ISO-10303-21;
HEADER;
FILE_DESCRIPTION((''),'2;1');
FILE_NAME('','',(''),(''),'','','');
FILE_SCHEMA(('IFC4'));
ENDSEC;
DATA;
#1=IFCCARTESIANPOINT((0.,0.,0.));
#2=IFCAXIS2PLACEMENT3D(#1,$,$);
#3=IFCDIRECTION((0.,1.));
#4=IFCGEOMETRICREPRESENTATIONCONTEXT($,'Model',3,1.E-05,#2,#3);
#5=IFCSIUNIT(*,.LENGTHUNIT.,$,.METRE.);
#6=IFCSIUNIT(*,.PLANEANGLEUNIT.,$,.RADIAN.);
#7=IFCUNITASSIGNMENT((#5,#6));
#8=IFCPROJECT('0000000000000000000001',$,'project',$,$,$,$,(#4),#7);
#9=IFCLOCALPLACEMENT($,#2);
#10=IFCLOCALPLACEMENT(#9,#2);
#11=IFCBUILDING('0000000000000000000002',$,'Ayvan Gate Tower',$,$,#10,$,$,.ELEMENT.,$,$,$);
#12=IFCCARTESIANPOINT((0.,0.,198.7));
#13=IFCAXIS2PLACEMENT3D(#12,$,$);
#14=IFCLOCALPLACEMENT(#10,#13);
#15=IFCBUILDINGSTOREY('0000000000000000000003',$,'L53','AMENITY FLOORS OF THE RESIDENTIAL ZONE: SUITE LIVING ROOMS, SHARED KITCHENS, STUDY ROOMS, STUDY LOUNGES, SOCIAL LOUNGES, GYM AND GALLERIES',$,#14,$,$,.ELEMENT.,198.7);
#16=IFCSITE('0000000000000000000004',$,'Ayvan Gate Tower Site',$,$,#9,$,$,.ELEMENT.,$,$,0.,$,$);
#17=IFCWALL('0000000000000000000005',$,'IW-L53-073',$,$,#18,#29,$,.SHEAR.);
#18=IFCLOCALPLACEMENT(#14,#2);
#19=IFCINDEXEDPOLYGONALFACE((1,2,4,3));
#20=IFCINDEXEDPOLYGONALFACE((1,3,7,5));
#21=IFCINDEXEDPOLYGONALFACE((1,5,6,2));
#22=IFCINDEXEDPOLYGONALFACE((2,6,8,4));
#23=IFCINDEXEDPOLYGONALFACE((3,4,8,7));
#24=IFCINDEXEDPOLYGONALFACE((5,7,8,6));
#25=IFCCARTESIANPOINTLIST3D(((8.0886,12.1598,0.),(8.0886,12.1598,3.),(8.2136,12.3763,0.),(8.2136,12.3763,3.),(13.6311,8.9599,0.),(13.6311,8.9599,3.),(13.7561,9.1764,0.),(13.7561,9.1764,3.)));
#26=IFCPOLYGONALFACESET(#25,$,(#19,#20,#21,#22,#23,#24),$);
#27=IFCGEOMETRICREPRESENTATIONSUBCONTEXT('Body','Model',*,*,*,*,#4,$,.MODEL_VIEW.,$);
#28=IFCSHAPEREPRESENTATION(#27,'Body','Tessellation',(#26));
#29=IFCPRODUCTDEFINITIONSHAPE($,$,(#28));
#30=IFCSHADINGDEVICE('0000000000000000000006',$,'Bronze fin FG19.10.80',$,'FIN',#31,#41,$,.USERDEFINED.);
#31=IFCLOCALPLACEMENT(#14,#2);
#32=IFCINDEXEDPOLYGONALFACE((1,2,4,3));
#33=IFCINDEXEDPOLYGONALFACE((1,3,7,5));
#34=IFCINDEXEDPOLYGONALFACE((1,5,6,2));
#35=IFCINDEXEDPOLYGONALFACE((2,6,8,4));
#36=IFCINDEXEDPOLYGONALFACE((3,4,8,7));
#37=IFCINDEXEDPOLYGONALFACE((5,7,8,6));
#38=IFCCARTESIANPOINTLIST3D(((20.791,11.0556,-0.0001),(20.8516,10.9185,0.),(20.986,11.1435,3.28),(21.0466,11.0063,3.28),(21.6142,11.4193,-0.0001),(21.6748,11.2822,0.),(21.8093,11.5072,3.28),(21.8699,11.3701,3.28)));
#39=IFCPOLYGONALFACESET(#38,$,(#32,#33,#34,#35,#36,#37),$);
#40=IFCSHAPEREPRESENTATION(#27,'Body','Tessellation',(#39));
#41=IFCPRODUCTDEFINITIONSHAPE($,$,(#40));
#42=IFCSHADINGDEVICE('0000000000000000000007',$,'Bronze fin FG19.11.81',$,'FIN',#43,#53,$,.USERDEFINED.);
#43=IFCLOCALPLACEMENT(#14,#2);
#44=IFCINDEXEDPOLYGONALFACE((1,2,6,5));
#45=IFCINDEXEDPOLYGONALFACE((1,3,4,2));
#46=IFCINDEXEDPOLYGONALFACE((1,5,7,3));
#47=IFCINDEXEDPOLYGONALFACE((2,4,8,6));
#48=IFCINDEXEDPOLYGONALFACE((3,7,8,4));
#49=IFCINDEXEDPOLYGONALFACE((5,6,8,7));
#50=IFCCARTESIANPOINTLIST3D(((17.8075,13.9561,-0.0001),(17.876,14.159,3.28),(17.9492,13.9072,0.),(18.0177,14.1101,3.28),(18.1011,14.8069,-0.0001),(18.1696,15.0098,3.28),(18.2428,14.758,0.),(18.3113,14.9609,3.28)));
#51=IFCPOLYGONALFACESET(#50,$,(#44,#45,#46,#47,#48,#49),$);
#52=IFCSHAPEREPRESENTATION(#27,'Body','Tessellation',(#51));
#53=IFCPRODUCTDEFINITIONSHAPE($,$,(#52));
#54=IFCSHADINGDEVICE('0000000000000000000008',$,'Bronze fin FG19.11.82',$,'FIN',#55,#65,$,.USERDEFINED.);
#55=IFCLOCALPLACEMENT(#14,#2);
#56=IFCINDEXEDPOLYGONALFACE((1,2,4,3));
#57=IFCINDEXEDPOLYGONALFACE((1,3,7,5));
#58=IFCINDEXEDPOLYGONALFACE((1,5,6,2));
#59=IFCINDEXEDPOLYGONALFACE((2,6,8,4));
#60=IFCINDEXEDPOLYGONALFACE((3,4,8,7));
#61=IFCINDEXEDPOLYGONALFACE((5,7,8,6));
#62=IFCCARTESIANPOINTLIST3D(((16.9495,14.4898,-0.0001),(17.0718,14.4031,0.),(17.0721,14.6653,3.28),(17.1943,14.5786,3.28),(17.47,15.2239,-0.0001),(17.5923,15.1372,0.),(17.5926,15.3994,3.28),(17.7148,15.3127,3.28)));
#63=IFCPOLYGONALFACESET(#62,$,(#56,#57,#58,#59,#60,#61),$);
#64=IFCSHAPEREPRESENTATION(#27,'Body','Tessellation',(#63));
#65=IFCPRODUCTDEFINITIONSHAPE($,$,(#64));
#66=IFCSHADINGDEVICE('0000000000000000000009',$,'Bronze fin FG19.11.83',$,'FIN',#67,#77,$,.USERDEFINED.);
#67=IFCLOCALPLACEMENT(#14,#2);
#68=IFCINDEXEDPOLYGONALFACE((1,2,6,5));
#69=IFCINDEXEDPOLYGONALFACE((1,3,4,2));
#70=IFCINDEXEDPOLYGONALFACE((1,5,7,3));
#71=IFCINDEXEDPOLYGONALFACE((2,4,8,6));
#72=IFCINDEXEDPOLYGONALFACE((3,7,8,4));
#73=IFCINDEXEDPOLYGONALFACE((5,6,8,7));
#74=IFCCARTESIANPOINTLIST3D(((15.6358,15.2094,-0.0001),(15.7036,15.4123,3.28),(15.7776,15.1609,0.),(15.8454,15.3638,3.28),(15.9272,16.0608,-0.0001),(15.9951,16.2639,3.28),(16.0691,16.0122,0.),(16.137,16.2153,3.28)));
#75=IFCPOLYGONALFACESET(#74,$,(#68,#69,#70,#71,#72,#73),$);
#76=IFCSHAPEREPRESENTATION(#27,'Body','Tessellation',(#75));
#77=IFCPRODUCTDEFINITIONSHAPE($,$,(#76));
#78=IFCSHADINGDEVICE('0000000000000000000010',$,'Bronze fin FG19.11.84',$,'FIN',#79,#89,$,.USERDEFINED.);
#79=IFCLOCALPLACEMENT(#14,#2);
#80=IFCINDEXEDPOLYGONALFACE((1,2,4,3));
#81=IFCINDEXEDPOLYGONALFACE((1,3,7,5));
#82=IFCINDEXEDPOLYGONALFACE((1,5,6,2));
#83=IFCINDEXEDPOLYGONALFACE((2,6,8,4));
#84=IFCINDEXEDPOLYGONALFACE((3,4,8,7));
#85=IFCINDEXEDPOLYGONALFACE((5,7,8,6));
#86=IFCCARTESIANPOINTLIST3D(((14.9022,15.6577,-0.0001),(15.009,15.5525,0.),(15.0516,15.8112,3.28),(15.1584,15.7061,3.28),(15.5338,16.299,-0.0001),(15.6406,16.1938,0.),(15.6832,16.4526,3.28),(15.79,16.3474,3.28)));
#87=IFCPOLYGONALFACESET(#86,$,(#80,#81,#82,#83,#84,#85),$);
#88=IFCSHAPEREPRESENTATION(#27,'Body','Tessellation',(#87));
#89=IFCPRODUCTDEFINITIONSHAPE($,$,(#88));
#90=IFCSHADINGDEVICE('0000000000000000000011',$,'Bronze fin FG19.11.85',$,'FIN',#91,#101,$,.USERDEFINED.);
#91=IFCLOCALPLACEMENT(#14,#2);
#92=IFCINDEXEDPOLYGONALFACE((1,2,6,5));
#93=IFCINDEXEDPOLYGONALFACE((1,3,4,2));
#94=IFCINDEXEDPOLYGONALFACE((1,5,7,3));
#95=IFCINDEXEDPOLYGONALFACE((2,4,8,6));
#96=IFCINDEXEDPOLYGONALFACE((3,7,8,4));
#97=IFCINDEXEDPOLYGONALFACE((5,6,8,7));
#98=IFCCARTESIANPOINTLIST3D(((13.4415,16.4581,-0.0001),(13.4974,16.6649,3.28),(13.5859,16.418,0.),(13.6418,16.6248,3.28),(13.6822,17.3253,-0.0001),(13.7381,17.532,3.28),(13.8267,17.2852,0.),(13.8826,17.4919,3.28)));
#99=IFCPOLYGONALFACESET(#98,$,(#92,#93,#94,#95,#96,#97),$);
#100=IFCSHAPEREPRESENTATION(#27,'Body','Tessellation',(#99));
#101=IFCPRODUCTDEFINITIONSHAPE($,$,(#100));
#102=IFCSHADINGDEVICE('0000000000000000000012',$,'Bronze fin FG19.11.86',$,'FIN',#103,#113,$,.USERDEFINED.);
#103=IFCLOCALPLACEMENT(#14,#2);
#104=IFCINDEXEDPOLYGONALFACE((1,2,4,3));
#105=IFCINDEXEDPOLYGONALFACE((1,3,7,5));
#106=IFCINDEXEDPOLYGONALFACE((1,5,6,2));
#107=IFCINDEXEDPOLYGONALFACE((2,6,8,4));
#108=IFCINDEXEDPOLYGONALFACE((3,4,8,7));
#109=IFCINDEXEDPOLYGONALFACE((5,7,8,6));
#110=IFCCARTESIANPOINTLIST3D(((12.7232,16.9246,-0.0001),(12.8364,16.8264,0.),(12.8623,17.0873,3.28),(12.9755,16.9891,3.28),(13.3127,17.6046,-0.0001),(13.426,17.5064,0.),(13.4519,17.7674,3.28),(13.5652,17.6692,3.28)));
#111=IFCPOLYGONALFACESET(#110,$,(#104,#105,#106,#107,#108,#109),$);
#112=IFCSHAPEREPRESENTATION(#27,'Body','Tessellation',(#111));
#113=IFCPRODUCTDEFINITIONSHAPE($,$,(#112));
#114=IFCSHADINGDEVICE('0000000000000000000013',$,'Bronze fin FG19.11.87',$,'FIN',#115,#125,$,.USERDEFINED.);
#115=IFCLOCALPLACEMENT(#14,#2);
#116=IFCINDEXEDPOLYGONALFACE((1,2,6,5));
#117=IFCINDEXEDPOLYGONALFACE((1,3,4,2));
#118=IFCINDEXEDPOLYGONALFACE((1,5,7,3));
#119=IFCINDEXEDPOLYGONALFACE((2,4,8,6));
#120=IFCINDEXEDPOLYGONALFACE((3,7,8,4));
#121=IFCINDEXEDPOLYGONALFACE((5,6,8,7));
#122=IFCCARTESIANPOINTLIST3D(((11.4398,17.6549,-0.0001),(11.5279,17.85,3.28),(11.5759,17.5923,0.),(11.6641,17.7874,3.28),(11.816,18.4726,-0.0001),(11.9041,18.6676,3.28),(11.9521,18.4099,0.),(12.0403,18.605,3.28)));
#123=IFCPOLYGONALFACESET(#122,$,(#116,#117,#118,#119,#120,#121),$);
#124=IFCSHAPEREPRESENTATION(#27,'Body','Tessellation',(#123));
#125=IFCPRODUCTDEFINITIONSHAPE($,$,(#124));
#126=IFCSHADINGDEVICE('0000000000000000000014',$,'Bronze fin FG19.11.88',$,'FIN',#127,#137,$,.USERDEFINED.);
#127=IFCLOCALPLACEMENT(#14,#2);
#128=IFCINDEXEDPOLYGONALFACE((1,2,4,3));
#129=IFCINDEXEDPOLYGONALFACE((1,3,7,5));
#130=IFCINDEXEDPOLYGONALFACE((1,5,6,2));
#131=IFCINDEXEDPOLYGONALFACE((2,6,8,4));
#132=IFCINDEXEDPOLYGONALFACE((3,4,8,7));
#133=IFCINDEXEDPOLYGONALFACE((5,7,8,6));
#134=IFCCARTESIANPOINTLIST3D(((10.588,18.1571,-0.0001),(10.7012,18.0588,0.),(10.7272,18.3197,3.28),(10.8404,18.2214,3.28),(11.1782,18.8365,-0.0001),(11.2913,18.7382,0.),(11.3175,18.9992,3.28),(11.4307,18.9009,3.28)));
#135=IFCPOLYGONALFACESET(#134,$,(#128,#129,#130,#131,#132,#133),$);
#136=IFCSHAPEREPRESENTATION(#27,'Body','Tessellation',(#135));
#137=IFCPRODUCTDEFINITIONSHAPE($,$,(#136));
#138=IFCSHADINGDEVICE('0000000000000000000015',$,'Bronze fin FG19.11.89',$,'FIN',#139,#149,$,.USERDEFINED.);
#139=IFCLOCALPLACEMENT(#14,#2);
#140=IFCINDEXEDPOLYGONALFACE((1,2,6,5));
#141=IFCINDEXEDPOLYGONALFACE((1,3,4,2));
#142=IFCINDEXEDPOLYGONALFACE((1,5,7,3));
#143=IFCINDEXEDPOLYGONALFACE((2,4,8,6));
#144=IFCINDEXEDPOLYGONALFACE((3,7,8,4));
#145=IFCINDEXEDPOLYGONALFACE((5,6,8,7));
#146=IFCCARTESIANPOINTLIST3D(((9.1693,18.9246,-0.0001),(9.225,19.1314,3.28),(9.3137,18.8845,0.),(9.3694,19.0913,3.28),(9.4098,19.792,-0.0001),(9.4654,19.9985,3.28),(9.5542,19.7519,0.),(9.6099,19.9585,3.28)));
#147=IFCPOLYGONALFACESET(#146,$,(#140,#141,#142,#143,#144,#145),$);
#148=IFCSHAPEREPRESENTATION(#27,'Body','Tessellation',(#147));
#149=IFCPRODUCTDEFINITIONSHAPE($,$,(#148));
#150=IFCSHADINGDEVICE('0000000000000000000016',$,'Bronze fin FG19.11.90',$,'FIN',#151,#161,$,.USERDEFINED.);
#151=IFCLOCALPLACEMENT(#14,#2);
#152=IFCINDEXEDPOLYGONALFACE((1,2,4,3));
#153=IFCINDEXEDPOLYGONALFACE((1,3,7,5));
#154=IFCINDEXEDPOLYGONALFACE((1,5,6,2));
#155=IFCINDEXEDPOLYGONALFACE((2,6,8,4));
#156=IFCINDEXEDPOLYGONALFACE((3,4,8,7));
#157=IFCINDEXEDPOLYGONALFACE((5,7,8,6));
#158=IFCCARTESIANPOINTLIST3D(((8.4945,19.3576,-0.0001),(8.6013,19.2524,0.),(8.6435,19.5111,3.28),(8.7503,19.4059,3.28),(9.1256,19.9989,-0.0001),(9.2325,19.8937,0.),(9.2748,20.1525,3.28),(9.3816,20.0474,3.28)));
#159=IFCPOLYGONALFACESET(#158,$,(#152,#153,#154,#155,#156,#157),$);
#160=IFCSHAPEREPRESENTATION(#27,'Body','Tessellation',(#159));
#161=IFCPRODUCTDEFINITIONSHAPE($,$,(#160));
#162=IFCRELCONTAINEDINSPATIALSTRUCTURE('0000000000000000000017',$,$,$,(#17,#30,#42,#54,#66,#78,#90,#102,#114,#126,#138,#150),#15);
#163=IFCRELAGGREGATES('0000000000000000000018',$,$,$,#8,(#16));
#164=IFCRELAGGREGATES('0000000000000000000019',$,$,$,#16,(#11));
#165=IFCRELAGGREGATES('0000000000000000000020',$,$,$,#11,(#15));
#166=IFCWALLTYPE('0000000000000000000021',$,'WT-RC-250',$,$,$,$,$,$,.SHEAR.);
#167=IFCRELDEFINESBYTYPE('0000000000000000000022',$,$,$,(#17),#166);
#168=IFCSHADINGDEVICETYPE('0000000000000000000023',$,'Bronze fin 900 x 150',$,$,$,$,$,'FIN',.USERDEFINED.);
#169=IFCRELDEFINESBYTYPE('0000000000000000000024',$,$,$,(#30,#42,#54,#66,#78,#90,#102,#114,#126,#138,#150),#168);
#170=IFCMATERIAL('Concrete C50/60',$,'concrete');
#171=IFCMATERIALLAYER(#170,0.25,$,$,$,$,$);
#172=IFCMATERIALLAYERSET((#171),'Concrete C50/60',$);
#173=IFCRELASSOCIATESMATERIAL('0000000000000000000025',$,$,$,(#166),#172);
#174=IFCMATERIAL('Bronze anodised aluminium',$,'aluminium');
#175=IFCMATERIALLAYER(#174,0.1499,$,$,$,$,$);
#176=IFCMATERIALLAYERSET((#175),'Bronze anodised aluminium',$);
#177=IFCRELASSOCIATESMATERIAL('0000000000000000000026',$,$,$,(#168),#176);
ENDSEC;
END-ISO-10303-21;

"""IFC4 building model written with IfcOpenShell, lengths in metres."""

from ifc_helpers import new_model, si_unit, direction, frame, frame_2d, origin, place, context, subcontext, project, spatial, polyline, rectangle, outline, extrude, material, layer, layer_set, type_object, element, save


model = new_model("IFC4")

# Units and contexts
model_context = context("Model", 3, precision=1e-05, world=origin(), true_north=direction((0.0, 1.0)))
body_context = subcontext(model_context, "Body", "Model", "MODEL_VIEW")
ifc_project = project(units=[si_unit("LENGTHUNIT", "METRE"), si_unit("PLANEANGLEUNIT", "RADIAN")], contexts=[model_context])

# Site, building, storey
site_placement = place(None, origin())
site = spatial("IfcSite", under=ifc_project, at=site_placement, Name="Ayvan Gate Tower Site", CompositionType="ELEMENT", RefElevation=0.0)
building_placement = place(site_placement, origin())
building = spatial("IfcBuilding", under=site, at=building_placement, Name="Ayvan Gate Tower", CompositionType="ELEMENT")
storey_placement = place(building_placement, frame((0.0, 0.0, 198.7)))
storey = spatial("IfcBuildingStorey", under=building, at=storey_placement, Name="L53", Description="AMENITY FLOORS OF THE RESIDENTIAL ZONE: SUITE LIVING ROOMS, SHARED KITCHENS, STUDY ROOMS, STUDY LOUNGES, SOCIAL LOUNGES, GYM AND GALLERIES", CompositionType="ELEMENT", Elevation=198.7)

# Shared definitions
ifc_material_1 = material(Name="Bronze anodised aluminium", Category="aluminium")

# Wall
ifc_material_2 = material(Name="Concrete C50/60", Category="concrete")
ifc_layer_1 = layer(ifc_material_2, 0.25)
ifc_layer_set_1 = layer_set([ifc_layer_1], Name="Concrete C50/60")
wall_type_1 = type_object("IfcWallType", Name="WT-RC-250", PredefinedType="SHEAR", material=ifc_layer_set_1)
wall_1_placement = place(storey_placement, frame((8.1511, 12.2681, 0.0), z_axis=(0.0, 0.0, 1.0), x_axis=(0.866025, -0.5, 0.0)))
element("IfcWall", 1, at=wall_1_placement, inside=storey, type_object=wall_type_1, Name="IW-L53-073", PredefinedType="SHEAR", context=body_context, shape_type="SweptSolid", body=[
    extrude(rectangle(XDim=6.3999, YDim=0.25, at=frame_2d((3.2, 0.0))), origin(), (0.0, 0.0, 1.0), 3.0),
])

# Shading devices
ifc_layer_2 = layer(ifc_material_1, 0.1499)
ifc_layer_set_2 = layer_set([ifc_layer_2], Name="Bronze anodised aluminium")
shading_device_type = type_object("IfcShadingDeviceType", Name="Bronze fin 900 x 150", ElementType="FIN", PredefinedType="USERDEFINED", material=ifc_layer_set_2)
shading_device_1_placement = place(storey_placement, frame((20.8516, 10.9185, 0.0), z_axis=(0.404174, -0.914682, 0.000473), x_axis=(0.914682, 0.404174, 0.0)))
element("IfcShadingDevice", 2, at=shading_device_1_placement, inside=storey, type_object=shading_device_type, Name="Bronze fin FG19.10.80", ObjectType="FIN", PredefinedType="USERDEFINED", context=body_context, shape_type="SweptSolid", body=[
    extrude(outline(polyline([(0.0, 0.0), (0.9, 0.0), (1.114, 3.28), (0.2139, 3.28), (0.0, 0.0)])), origin(), (0.0, 0.0, -1.0), 0.1499),
])
shading_device_2_placement = place(storey_placement, frame((17.9492, 13.9072, 0.0), z_axis=(0.945308, -0.326179, 0.000439), x_axis=(0.326179, 0.945308, 0.0)))
element("IfcShadingDevice", 3, at=shading_device_2_placement, inside=storey, type_object=shading_device_type, Name="Bronze fin FG19.11.81", ObjectType="FIN", PredefinedType="USERDEFINED", context=body_context, shape_type="SweptSolid", body=[
    extrude(outline(polyline([(0.0, 0.0), (0.9, 0.0), (1.1142, 3.28), (0.2141, 3.28), (0.0, 0.0)])), origin(), (0.0, 0.0, -1.0), 0.1499),
])
shading_device_3_placement = place(storey_placement, frame((17.0718, 14.4031, 0.0), z_axis=(0.815763, -0.578386, 0.000472), x_axis=(0.578386, 0.815763, 0.0)))
element("IfcShadingDevice", 4, at=shading_device_3_placement, inside=storey, type_object=shading_device_type, Name="Bronze fin FG19.11.82", ObjectType="FIN", PredefinedType="USERDEFINED", context=body_context, shape_type="SweptSolid", body=[
    extrude(outline(polyline([(0.0, 0.0), (0.8999, 0.0), (1.114, 3.28), (0.2141, 3.28), (0.0, 0.0)])), origin(), (0.0, 0.0, -1.0), 0.1499),
])
shading_device_4_placement = place(storey_placement, frame((15.7776, 15.1609, 0.0), z_axis=(0.946088, -0.323908, 0.00047), x_axis=(0.323908, 0.946089, 0.0)))
element("IfcShadingDevice", 5, at=shading_device_4_placement, inside=storey, type_object=shading_device_type, Name="Bronze fin FG19.11.83", ObjectType="FIN", PredefinedType="USERDEFINED", context=body_context, shape_type="SweptSolid", body=[
    extrude(outline(polyline([(0.0, 0.0), (0.8998, 0.0), (1.114, 3.28), (0.2139, 3.28), (0.0, 0.0)])), origin(), (0.0, 0.0, -1.0), 0.1499),
])
shading_device_5_placement = place(storey_placement, frame((15.009, 15.5525, 0.0), z_axis=(0.71251, -0.701661, 0.000394), x_axis=(0.701661, 0.71251, 0.0)))
element("IfcShadingDevice", 6, at=shading_device_5_placement, inside=storey, type_object=shading_device_type, Name="Bronze fin FG19.11.84", ObjectType="FIN", PredefinedType="USERDEFINED", context=body_context, shape_type="SweptSolid", body=[
    extrude(outline(polyline([(0.0, 0.0), (0.9001, 0.0), (1.1144, 3.28), (0.2143, 3.28), (0.0, 0.0)])), origin(), (0.0, 0.0, -1.0), 0.1499),
])
shading_device_6_placement = place(storey_placement, frame((13.5859, 16.418, 0.0), z_axis=(0.963564, -0.267476, 0.000439), x_axis=(0.267476, 0.963565, 0.0)))
element("IfcShadingDevice", 7, at=shading_device_6_placement, inside=storey, type_object=shading_device_type, Name="Bronze fin FG19.11.85", ObjectType="FIN", PredefinedType="USERDEFINED", context=body_context, shape_type="SweptSolid", body=[
    extrude(outline(polyline([(0.0, 0.0), (0.9, 0.0), (1.1142, 3.28), (0.2142, 3.28), (0.0, 0.0)])), origin(), (0.0, 0.0, -1.0), 0.1499),
])
shading_device_7_placement = place(storey_placement, frame((12.8364, 16.8264, 0.0), z_axis=(0.755568, -0.65507, 0.000441), x_axis=(0.65507, 0.755568, 0.0)))
element("IfcShadingDevice", 8, at=shading_device_7_placement, inside=storey, type_object=shading_device_type, Name="Bronze fin FG19.11.86", ObjectType="FIN", PredefinedType="USERDEFINED", context=body_context, shape_type="SweptSolid", body=[
    extrude(outline(polyline([(0.0, 0.0), (0.9, 0.0), (1.1142, 3.28), (0.214, 3.28), (0.0, 0.0)])), origin(), (0.0, 0.0, -1.0), 0.1499),
])
shading_device_8_placement = place(storey_placement, frame((11.5759, 17.5923, 0.0), z_axis=(0.908443, -0.418009, 0.00045), x_axis=(0.418009, 0.908443, 0.0)))
element("IfcShadingDevice", 9, at=shading_device_8_placement, inside=storey, type_object=shading_device_type, Name="Bronze fin FG19.11.87", ObjectType="FIN", PredefinedType="USERDEFINED", context=body_context, shape_type="SweptSolid", body=[
    extrude(outline(polyline([(0.0, 0.0), (0.9, 0.0), (1.1141, 3.28), (0.214, 3.28), (0.0, 0.0)])), origin(), (0.0, 0.0, -1.0), 0.1499),
])
shading_device_9_placement = place(storey_placement, frame((10.7012, 18.0588, 0.0), z_axis=(0.754941, -0.655792, 0.000451), x_axis=(0.655792, 0.754941, 0.0)))
element("IfcShadingDevice", 10, at=shading_device_9_placement, inside=storey, type_object=shading_device_type, Name="Bronze fin FG19.11.88", ObjectType="FIN", PredefinedType="USERDEFINED", context=body_context, shape_type="SweptSolid", body=[
    extrude(outline(polyline([(0.0, 0.0), (0.8999, 0.0), (1.1141, 3.28), (0.214, 3.28), (0.0, 0.0)])), origin(), (0.0, 0.0, -1.0), 0.1499),
])
shading_device_10_placement = place(storey_placement, frame((9.3137, 18.8845, 0.0), z_axis=(0.963644, -0.267189, 0.000481), x_axis=(0.267189, 0.963644, 0.0)))
element("IfcShadingDevice", 11, at=shading_device_10_placement, inside=storey, type_object=shading_device_type, Name="Bronze fin FG19.11.89", ObjectType="FIN", PredefinedType="USERDEFINED", context=body_context, shape_type="SweptSolid", body=[
    extrude(outline(polyline([(0.0, 0.0), (0.9001, 0.0), (1.1141, 3.28), (0.2141, 3.28), (0.0, 0.0)])), origin(), (0.0, 0.0, -1.0), 0.1499),
])
shading_device_11_placement = place(storey_placement, frame((8.6013, 19.2524, 0.0), z_axis=(0.712714, -0.701455, 0.000454), x_axis=(0.701455, 0.712714, 0.0)))
element("IfcShadingDevice", 12, at=shading_device_11_placement, inside=storey, type_object=shading_device_type, Name="Bronze fin FG19.11.90", ObjectType="FIN", PredefinedType="USERDEFINED", context=body_context, shape_type="SweptSolid", body=[
    extrude(outline(polyline([(0.0, 0.0), (0.8998, 0.0), (1.1139, 3.28), (0.2139, 3.28), (0.0, 0.0)])), origin(), (0.0, 0.0, -1.0), 0.1499),
])

save(model, "model.ifc")
